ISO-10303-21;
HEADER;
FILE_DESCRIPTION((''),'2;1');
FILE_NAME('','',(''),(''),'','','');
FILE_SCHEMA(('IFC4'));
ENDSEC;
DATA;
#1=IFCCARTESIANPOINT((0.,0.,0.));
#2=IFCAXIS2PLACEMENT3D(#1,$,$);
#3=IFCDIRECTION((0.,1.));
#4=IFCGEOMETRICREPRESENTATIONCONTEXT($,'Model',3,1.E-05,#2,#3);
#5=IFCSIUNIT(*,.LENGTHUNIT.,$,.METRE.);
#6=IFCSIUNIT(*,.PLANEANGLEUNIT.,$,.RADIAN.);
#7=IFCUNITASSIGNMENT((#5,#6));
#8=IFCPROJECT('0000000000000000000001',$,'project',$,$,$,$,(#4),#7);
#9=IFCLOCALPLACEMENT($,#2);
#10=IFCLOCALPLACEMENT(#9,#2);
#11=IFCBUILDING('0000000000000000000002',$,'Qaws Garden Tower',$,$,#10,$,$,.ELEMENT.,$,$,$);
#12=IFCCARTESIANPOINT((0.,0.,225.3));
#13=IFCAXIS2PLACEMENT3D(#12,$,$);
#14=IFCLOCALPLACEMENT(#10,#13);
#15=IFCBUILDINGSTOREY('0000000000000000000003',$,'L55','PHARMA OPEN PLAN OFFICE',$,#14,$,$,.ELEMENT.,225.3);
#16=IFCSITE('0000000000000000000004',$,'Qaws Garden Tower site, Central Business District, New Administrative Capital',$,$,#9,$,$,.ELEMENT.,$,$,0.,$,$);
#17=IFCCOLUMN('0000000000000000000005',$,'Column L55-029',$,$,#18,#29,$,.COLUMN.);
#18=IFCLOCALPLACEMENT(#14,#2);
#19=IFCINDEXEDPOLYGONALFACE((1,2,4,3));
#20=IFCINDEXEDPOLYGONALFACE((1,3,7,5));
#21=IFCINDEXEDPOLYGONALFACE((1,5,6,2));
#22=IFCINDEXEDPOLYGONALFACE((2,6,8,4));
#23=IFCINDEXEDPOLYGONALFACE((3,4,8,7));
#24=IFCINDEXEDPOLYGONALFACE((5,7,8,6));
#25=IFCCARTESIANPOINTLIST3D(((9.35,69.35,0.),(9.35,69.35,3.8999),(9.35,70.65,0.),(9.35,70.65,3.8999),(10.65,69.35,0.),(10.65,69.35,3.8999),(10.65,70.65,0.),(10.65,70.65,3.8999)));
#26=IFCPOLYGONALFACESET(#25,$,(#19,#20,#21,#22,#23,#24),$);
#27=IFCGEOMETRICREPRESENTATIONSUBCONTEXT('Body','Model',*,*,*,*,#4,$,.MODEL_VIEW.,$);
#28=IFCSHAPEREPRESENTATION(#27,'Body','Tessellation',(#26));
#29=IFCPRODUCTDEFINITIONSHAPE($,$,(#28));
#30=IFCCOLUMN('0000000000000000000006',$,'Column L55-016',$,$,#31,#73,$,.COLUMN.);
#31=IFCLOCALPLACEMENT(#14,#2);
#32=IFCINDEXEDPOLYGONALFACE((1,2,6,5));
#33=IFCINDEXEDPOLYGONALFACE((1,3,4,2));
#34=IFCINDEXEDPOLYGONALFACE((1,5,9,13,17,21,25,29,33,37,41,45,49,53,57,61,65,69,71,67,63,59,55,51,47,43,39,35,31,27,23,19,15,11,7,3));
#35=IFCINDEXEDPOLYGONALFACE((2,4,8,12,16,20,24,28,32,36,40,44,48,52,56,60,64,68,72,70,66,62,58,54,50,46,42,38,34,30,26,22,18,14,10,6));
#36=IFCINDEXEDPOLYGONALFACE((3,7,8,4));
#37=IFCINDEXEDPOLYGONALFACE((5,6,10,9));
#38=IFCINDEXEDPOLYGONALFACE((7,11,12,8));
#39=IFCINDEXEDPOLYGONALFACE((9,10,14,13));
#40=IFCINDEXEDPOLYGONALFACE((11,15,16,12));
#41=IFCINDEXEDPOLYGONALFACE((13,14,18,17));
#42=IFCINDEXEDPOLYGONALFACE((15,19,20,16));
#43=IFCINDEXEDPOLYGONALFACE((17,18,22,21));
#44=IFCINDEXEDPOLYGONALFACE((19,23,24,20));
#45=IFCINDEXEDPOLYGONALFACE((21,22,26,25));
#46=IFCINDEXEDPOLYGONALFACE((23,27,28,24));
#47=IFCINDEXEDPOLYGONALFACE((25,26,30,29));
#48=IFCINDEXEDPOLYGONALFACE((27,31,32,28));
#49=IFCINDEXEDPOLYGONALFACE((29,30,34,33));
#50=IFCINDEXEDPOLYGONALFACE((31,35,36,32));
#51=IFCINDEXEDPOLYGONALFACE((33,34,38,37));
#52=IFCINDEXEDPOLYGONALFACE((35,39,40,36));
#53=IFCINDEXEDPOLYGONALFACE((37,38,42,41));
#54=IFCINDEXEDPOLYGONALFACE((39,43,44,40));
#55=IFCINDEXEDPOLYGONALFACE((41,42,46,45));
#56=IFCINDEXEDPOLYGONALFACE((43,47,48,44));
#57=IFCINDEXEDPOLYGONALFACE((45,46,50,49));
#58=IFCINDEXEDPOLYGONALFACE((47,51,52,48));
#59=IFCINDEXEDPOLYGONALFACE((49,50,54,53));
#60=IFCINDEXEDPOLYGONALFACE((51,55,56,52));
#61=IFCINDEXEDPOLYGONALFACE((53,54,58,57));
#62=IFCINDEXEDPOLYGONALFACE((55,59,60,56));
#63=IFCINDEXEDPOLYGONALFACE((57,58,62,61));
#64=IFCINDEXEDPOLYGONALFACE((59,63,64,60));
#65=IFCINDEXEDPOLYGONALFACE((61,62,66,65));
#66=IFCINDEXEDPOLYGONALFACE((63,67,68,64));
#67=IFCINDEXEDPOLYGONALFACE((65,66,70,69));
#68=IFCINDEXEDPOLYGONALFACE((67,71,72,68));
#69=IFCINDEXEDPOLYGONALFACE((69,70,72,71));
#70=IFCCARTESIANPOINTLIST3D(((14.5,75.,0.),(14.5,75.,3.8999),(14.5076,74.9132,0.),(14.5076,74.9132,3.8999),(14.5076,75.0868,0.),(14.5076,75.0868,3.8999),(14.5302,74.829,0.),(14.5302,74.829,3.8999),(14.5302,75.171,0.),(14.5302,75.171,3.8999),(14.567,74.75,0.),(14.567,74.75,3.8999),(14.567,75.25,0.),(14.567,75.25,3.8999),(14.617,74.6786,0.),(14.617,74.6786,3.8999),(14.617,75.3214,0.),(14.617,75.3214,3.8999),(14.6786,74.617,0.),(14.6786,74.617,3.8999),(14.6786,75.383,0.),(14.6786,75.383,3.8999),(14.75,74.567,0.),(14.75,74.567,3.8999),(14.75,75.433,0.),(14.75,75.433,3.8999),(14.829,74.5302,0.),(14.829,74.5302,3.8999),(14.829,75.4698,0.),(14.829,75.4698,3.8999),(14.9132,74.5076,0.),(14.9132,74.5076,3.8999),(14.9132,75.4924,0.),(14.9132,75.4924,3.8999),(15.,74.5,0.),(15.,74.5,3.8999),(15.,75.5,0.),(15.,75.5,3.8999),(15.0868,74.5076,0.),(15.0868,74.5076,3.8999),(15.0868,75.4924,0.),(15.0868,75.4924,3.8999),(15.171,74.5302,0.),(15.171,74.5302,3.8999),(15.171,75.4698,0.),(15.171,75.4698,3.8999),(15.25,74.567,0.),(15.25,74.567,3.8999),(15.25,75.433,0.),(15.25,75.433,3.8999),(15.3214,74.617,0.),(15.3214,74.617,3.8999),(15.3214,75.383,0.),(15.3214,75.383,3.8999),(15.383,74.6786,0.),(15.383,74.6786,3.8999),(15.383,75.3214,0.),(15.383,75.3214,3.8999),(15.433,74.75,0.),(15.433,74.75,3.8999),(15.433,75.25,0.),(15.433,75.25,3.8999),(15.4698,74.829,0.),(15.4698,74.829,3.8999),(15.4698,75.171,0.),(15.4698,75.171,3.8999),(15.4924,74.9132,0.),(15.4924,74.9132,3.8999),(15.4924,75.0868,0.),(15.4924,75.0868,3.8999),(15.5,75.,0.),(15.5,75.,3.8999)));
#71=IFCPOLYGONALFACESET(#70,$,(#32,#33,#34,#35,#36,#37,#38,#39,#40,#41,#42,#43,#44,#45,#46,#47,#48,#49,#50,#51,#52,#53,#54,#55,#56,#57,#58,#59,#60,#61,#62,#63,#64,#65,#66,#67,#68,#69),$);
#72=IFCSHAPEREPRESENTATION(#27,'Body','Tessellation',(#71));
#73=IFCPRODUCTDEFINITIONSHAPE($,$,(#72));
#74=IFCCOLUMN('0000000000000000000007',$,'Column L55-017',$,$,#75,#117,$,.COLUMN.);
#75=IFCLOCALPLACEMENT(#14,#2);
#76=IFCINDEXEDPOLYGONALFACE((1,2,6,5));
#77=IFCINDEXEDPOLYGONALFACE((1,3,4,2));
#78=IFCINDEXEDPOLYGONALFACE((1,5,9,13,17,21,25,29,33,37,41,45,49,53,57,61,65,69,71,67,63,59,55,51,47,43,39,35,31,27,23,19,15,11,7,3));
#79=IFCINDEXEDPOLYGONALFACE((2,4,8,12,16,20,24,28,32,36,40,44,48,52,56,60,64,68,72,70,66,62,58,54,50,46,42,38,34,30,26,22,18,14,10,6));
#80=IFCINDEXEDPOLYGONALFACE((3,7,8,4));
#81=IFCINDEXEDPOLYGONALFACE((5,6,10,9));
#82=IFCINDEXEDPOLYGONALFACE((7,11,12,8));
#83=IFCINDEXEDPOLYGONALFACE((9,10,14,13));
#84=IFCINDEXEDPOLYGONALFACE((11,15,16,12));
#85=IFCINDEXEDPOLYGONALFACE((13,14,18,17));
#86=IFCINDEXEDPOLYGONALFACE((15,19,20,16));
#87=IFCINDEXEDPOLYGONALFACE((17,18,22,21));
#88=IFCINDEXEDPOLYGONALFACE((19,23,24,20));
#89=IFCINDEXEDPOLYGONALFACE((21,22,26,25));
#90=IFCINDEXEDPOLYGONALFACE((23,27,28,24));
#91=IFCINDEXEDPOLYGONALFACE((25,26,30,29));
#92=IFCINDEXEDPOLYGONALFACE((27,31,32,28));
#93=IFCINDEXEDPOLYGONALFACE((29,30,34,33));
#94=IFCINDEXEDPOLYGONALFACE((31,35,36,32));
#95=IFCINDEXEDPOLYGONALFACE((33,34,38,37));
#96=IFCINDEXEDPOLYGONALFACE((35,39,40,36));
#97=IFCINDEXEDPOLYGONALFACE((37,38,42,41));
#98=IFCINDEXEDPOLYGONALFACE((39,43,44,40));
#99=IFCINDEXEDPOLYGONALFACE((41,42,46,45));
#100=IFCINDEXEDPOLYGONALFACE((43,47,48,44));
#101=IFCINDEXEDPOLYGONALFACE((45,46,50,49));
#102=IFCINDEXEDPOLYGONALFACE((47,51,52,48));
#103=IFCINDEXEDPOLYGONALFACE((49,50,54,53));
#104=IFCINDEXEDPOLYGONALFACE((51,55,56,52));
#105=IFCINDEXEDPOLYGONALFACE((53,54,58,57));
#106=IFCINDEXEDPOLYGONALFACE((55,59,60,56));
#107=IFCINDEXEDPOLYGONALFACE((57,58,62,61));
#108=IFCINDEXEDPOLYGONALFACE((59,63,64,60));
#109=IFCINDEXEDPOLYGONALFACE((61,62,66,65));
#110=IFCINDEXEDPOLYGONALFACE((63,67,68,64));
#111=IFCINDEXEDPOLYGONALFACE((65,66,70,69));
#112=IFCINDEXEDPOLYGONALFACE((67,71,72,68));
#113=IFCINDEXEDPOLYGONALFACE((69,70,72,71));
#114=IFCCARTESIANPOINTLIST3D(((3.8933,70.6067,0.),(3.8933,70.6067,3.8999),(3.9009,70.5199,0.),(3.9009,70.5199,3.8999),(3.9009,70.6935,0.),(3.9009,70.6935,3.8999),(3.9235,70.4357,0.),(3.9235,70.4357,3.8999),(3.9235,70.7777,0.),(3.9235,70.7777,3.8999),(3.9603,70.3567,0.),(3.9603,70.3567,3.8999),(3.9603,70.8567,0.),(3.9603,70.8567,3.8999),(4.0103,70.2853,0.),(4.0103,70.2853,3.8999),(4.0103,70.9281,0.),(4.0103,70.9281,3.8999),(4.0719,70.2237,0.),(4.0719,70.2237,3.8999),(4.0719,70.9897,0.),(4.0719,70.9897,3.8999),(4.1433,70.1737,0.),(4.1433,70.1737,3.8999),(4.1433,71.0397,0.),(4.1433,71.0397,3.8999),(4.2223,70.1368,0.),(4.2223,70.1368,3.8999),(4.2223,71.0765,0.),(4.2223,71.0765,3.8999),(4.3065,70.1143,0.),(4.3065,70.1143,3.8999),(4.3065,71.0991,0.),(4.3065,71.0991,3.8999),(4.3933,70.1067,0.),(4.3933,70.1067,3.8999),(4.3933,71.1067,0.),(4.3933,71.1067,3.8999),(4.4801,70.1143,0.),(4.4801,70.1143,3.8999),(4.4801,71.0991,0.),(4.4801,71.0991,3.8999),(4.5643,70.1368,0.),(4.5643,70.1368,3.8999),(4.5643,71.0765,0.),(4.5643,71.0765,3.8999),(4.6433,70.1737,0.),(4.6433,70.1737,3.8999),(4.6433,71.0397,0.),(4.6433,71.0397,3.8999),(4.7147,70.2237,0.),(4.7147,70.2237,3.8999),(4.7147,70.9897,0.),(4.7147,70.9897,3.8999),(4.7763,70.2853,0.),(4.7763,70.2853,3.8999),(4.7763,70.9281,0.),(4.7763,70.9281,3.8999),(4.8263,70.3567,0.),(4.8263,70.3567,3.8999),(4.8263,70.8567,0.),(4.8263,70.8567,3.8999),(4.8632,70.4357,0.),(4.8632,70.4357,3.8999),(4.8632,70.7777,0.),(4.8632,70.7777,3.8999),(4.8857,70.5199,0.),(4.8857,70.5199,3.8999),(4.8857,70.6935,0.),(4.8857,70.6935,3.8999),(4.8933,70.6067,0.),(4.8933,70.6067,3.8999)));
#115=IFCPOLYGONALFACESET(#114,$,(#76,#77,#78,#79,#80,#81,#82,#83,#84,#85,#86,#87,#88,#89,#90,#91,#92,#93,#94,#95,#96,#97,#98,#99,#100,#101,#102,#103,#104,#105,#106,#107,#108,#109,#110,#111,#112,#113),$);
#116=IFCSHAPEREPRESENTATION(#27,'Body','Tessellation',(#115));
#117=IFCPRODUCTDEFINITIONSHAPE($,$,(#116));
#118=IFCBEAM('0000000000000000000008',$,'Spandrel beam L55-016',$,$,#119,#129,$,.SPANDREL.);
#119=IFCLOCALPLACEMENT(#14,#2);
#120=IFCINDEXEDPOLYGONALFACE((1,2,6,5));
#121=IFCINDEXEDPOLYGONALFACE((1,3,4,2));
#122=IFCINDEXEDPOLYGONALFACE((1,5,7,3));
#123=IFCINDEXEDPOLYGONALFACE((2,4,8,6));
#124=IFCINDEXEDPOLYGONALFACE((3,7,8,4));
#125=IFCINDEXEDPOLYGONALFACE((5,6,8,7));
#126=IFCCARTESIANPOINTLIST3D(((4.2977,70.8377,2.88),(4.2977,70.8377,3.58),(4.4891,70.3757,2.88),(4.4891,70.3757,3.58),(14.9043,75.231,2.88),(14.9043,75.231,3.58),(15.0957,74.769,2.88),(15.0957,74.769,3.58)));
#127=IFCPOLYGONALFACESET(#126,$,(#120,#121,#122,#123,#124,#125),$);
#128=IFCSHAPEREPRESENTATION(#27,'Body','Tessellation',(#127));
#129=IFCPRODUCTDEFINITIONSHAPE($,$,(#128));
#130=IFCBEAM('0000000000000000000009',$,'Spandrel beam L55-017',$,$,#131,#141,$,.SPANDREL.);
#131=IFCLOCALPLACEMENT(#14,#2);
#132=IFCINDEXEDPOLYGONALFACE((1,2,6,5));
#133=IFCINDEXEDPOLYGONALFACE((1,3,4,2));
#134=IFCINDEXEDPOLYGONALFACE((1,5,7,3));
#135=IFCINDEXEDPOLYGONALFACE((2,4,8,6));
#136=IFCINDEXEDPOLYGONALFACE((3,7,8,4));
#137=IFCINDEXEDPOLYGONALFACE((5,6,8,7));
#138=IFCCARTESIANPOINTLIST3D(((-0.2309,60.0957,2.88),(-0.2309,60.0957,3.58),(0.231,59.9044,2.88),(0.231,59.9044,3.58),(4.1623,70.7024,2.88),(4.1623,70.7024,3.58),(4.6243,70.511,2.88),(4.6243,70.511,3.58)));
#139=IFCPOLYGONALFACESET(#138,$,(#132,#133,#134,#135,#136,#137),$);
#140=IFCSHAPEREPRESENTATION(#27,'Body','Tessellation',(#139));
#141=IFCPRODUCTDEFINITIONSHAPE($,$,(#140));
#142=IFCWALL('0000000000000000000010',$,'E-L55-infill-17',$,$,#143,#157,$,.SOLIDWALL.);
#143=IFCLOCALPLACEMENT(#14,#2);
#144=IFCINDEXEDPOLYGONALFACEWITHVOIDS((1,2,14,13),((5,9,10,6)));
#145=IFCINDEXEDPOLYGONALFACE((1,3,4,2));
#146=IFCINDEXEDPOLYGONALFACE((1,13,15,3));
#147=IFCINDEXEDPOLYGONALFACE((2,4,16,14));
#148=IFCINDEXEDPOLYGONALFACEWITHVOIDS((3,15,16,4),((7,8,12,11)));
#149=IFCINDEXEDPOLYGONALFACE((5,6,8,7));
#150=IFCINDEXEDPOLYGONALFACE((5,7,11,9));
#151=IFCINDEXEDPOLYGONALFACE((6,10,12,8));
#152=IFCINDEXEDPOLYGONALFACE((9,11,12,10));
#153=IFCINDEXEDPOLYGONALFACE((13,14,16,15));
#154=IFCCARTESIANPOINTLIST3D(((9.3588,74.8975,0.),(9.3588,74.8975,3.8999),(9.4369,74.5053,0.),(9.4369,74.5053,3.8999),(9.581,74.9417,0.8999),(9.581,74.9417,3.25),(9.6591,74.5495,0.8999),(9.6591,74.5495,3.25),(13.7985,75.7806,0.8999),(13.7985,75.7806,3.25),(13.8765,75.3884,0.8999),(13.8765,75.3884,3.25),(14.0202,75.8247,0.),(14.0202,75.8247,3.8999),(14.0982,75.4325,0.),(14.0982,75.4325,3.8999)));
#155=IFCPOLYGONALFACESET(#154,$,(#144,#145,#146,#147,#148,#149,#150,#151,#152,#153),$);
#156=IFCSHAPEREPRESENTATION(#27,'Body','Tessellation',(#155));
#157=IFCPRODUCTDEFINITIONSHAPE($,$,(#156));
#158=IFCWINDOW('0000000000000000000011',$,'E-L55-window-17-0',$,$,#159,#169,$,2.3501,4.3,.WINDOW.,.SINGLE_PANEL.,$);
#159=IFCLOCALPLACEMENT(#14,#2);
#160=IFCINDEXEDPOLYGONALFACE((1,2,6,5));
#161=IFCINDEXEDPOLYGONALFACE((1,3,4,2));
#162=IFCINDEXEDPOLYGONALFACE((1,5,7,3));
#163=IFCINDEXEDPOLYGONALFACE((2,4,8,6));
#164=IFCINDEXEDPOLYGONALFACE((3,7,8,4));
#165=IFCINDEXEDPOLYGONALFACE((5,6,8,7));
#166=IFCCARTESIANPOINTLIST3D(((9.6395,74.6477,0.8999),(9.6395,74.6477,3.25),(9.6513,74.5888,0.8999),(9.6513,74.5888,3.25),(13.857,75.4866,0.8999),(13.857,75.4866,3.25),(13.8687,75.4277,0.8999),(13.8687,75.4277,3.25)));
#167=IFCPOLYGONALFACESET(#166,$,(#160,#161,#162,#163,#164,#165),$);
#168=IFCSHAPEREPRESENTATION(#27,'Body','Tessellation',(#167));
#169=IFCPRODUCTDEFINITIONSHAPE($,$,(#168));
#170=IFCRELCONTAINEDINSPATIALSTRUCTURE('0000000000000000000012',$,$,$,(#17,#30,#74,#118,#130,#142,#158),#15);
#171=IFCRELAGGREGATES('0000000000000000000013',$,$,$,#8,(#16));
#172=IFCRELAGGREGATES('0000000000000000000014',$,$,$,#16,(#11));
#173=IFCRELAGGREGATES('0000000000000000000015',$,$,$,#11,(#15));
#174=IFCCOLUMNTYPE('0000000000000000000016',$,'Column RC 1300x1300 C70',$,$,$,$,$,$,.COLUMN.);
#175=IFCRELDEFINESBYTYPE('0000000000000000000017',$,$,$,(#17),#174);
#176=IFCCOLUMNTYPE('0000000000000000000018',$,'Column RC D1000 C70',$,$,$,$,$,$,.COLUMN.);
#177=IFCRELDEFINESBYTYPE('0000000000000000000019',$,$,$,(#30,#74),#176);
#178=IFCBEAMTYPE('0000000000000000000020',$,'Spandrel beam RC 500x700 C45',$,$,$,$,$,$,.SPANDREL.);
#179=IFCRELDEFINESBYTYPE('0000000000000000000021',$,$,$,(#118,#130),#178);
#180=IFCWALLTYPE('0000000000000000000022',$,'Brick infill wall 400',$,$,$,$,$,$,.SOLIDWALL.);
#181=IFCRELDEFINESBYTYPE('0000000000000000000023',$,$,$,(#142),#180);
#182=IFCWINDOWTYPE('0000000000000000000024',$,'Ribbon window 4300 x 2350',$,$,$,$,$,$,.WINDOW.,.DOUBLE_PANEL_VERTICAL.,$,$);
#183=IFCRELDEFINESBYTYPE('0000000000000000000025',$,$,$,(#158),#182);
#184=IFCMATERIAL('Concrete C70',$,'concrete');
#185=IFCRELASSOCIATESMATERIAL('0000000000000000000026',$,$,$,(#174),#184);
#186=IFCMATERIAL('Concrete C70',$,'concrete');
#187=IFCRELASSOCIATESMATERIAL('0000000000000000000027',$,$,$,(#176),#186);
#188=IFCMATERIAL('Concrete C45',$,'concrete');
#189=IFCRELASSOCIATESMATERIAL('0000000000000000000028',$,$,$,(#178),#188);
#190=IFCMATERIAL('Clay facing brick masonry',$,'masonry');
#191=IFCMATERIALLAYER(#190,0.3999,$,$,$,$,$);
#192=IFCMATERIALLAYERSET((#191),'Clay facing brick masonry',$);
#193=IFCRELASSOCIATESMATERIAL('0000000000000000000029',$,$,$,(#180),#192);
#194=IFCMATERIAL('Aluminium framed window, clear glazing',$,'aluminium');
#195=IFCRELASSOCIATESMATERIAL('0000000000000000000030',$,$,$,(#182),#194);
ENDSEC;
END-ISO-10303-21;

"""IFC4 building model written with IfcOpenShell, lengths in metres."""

from ifc_helpers import new_model, si_unit, direction, frame, frame_2d, origin, origin_2d, place, context, subcontext, project, spatial, rectangle, circle, extrude, material, layer, layer_set, material_profile, profile_set, type_object, element, fill, save


model = new_model("IFC4")

# Units and contexts
model_context = context("Model", 3, precision=1e-05, world=origin(), true_north=direction((0.0, 1.0)))
body_context = subcontext(model_context, "Body", "Model", "MODEL_VIEW")
ifc_project = project(units=[si_unit("LENGTHUNIT", "METRE"), si_unit("PLANEANGLEUNIT", "RADIAN")], contexts=[model_context])

# Site, building, storey
site_placement = place(None, origin())
site = spatial("IfcSite", under=ifc_project, at=site_placement, Name="Qaws Garden Tower site, Central Business District, New Administrative Capital", CompositionType="ELEMENT", RefElevation=0.0)
building_placement = place(site_placement, origin())
building = spatial("IfcBuilding", under=site, at=building_placement, Name="Qaws Garden Tower", CompositionType="ELEMENT")
storey_placement = place(building_placement, frame((0.0, 0.0, 225.3)))
storey = spatial("IfcBuildingStorey", under=building, at=storey_placement, Name="L55", Description="PHARMA OPEN PLAN OFFICE", CompositionType="ELEMENT", Elevation=225.3)

# Columns
ifc_material_1 = material(Name="Concrete C70", Category="concrete")
ifc_material_profile_1 = material_profile(ifc_material_1, rectangle(XDim=1.3, YDim=1.3, at=origin_2d()), Name="RC 1300x1300")
ifc_profile_set_1 = profile_set([ifc_material_profile_1], Name="Concrete C70")
column_type_1 = type_object("IfcColumnType", Name="Column RC 1300x1300 C70", PredefinedType="COLUMN", material=ifc_profile_set_1)
column_placement = place(storey_placement, frame((10.0, 70.0, 0.0), z_axis=(0.0, 0.0, 1.0), x_axis=(1.0, 0.0, 0.0)))
element("IfcColumn", 1, at=column_placement, inside=storey, type_object=column_type_1, Name="Column L55-029", PredefinedType="COLUMN", context=body_context, shape_type="SweptSolid", body=[
    extrude(rectangle(XDim=1.3, YDim=1.3, at=origin_2d()), origin(), (0.0, 0.0, 1.0), 3.8999),
])
ifc_material_2 = material(Name="Concrete C70", Category="concrete")
ifc_material_profile_2 = material_profile(ifc_material_2, circle(Radius=0.5, at=origin_2d()), Name="RC D1000")
ifc_profile_set_2 = profile_set([ifc_material_profile_2], Name="Concrete C70")
column_type_2 = type_object("IfcColumnType", Name="Column RC D1000 C70", PredefinedType="COLUMN", material=ifc_profile_set_2)
for number, where, z_axis, x_axis, name in (
    (2, (15.0, 75.0, 0.0), (0.0, 0.0, 1.0), (1.0, 0.0, 0.0), "Column L55-016"),
    (3, (4.3933, 70.6067, 0.0), (0.0, 0.0, 1.0), (1.0, 0.0, 0.0), "Column L55-017"),
):
    element("IfcColumn", number, at=place(storey_placement, frame(where, z_axis=z_axis, x_axis=x_axis)), inside=storey, type_object=column_type_2, Name=name, PredefinedType="COLUMN", context=body_context, shape_type="SweptSolid", body=[
        extrude(circle(Radius=0.5, at=origin_2d()), origin(), (0.0, 0.0, 1.0), 3.8999),
    ])

# Beams
ifc_material_3 = material(Name="Concrete C45", Category="concrete")
ifc_material_profile_3 = material_profile(ifc_material_3, rectangle(XDim=0.5, YDim=0.7, at=origin_2d()), Name="RC 500x700")
ifc_profile_set_3 = profile_set([ifc_material_profile_3], Name="Concrete C45")
beam_type = type_object("IfcBeamType", Name="Spandrel beam RC 500x700 C45", PredefinedType="SPANDREL", material=ifc_profile_set_3)
for number, where, z_axis, x_axis, name in (
    (4, (15.0, 75.0, 3.23), (-0.923883, -0.382674, 0.0), (0.382674, -0.923883, 0.0), "Spandrel beam L55-016"),
    (5, (4.3933, 70.6067, 3.23), (-0.382674, -0.923883, 0.0), (0.923883, -0.382674, 0.0), "Spandrel beam L55-017"),
):
    element("IfcBeam", number, at=place(storey_placement, frame(where, z_axis=z_axis, x_axis=x_axis)), inside=storey, type_object=beam_type, Name=name, PredefinedType="SPANDREL", context=body_context, shape_type="SweptSolid", body=[
        extrude(rectangle(XDim=0.5, YDim=0.7, at=origin_2d()), origin(), (0.0, 0.0, 1.0), 11.4805),
    ])

# Wall, opening, window
ifc_material_4 = material(Name="Clay facing brick masonry", Category="masonry")
ifc_layer_1 = layer(ifc_material_4, 0.3999)
ifc_layer_set_1 = layer_set([ifc_layer_1], Name="Clay facing brick masonry")
wall_type_1 = type_object("IfcWallType", Name="Brick infill wall 400", PredefinedType="SOLIDWALL", material=ifc_layer_set_1)
wall_1_placement = place(storey_placement, frame((14.0593, 75.6287, 0.0), z_axis=(0.0, 0.0, 1.0), x_axis=(-0.980784, -0.195099, 0.0)))
wall_1 = element("IfcWall", 6, at=wall_1_placement, inside=storey, type_object=wall_type_1, Name="E-L55-infill-17", PredefinedType="SOLIDWALL", context=body_context, shape_type="SweptSolid", body=[
    extrude(rectangle(XDim=4.7527, YDim=0.3999, at=frame_2d((2.3765, 0.0))), origin(), (0.0, 0.0, 1.0), 3.8999),
])
opening_1_placement = place(wall_1_placement, frame((0.2263, 0.0, 0.8999)))
opening_1 = element("IfcOpeningElement", 7, at=opening_1_placement, cuts=wall_1, PredefinedType="OPENING", context=body_context, shape_type="SweptSolid", body=[
    extrude(rectangle(XDim=4.3, YDim=2.3501, at=frame_2d((2.1499, 1.175))), frame((0.0, 0.21, 0.0), z_axis=(0.0, -1.0, 0.0), x_axis=(1.0, 0.0, 0.0)), (0.0, 0.0, 1.0), 0.4199),
])
ifc_material_5 = material(Name="Aluminium framed window, clear glazing", Category="aluminium")
window_type = type_object("IfcWindowType", Name="Ribbon window 4300 x 2350", PartitioningType="DOUBLE_PANEL_VERTICAL", PredefinedType="WINDOW", material=ifc_material_5)
window_1_placement = place(opening_1_placement, origin())
window_1 = element("IfcWindow", 8, at=window_1_placement, inside=storey, type_object=window_type, Name="E-L55-window-17-0", OverallHeight=2.3501, OverallWidth=4.3, PartitioningType="SINGLE_PANEL", PredefinedType="WINDOW", context=body_context, shape_type="SweptSolid", body=[
    extrude(rectangle(XDim=4.3, YDim=2.3501, at=frame_2d((2.1499, 1.175))), frame((0.0, 0.1599, 0.0), z_axis=(0.0, -1.0, 0.0), x_axis=(1.0, 0.0, 0.0)), (0.0, 0.0, 1.0), 0.0601),
])
fill(opening_1, window_1)

save(model, "model.ifc")
